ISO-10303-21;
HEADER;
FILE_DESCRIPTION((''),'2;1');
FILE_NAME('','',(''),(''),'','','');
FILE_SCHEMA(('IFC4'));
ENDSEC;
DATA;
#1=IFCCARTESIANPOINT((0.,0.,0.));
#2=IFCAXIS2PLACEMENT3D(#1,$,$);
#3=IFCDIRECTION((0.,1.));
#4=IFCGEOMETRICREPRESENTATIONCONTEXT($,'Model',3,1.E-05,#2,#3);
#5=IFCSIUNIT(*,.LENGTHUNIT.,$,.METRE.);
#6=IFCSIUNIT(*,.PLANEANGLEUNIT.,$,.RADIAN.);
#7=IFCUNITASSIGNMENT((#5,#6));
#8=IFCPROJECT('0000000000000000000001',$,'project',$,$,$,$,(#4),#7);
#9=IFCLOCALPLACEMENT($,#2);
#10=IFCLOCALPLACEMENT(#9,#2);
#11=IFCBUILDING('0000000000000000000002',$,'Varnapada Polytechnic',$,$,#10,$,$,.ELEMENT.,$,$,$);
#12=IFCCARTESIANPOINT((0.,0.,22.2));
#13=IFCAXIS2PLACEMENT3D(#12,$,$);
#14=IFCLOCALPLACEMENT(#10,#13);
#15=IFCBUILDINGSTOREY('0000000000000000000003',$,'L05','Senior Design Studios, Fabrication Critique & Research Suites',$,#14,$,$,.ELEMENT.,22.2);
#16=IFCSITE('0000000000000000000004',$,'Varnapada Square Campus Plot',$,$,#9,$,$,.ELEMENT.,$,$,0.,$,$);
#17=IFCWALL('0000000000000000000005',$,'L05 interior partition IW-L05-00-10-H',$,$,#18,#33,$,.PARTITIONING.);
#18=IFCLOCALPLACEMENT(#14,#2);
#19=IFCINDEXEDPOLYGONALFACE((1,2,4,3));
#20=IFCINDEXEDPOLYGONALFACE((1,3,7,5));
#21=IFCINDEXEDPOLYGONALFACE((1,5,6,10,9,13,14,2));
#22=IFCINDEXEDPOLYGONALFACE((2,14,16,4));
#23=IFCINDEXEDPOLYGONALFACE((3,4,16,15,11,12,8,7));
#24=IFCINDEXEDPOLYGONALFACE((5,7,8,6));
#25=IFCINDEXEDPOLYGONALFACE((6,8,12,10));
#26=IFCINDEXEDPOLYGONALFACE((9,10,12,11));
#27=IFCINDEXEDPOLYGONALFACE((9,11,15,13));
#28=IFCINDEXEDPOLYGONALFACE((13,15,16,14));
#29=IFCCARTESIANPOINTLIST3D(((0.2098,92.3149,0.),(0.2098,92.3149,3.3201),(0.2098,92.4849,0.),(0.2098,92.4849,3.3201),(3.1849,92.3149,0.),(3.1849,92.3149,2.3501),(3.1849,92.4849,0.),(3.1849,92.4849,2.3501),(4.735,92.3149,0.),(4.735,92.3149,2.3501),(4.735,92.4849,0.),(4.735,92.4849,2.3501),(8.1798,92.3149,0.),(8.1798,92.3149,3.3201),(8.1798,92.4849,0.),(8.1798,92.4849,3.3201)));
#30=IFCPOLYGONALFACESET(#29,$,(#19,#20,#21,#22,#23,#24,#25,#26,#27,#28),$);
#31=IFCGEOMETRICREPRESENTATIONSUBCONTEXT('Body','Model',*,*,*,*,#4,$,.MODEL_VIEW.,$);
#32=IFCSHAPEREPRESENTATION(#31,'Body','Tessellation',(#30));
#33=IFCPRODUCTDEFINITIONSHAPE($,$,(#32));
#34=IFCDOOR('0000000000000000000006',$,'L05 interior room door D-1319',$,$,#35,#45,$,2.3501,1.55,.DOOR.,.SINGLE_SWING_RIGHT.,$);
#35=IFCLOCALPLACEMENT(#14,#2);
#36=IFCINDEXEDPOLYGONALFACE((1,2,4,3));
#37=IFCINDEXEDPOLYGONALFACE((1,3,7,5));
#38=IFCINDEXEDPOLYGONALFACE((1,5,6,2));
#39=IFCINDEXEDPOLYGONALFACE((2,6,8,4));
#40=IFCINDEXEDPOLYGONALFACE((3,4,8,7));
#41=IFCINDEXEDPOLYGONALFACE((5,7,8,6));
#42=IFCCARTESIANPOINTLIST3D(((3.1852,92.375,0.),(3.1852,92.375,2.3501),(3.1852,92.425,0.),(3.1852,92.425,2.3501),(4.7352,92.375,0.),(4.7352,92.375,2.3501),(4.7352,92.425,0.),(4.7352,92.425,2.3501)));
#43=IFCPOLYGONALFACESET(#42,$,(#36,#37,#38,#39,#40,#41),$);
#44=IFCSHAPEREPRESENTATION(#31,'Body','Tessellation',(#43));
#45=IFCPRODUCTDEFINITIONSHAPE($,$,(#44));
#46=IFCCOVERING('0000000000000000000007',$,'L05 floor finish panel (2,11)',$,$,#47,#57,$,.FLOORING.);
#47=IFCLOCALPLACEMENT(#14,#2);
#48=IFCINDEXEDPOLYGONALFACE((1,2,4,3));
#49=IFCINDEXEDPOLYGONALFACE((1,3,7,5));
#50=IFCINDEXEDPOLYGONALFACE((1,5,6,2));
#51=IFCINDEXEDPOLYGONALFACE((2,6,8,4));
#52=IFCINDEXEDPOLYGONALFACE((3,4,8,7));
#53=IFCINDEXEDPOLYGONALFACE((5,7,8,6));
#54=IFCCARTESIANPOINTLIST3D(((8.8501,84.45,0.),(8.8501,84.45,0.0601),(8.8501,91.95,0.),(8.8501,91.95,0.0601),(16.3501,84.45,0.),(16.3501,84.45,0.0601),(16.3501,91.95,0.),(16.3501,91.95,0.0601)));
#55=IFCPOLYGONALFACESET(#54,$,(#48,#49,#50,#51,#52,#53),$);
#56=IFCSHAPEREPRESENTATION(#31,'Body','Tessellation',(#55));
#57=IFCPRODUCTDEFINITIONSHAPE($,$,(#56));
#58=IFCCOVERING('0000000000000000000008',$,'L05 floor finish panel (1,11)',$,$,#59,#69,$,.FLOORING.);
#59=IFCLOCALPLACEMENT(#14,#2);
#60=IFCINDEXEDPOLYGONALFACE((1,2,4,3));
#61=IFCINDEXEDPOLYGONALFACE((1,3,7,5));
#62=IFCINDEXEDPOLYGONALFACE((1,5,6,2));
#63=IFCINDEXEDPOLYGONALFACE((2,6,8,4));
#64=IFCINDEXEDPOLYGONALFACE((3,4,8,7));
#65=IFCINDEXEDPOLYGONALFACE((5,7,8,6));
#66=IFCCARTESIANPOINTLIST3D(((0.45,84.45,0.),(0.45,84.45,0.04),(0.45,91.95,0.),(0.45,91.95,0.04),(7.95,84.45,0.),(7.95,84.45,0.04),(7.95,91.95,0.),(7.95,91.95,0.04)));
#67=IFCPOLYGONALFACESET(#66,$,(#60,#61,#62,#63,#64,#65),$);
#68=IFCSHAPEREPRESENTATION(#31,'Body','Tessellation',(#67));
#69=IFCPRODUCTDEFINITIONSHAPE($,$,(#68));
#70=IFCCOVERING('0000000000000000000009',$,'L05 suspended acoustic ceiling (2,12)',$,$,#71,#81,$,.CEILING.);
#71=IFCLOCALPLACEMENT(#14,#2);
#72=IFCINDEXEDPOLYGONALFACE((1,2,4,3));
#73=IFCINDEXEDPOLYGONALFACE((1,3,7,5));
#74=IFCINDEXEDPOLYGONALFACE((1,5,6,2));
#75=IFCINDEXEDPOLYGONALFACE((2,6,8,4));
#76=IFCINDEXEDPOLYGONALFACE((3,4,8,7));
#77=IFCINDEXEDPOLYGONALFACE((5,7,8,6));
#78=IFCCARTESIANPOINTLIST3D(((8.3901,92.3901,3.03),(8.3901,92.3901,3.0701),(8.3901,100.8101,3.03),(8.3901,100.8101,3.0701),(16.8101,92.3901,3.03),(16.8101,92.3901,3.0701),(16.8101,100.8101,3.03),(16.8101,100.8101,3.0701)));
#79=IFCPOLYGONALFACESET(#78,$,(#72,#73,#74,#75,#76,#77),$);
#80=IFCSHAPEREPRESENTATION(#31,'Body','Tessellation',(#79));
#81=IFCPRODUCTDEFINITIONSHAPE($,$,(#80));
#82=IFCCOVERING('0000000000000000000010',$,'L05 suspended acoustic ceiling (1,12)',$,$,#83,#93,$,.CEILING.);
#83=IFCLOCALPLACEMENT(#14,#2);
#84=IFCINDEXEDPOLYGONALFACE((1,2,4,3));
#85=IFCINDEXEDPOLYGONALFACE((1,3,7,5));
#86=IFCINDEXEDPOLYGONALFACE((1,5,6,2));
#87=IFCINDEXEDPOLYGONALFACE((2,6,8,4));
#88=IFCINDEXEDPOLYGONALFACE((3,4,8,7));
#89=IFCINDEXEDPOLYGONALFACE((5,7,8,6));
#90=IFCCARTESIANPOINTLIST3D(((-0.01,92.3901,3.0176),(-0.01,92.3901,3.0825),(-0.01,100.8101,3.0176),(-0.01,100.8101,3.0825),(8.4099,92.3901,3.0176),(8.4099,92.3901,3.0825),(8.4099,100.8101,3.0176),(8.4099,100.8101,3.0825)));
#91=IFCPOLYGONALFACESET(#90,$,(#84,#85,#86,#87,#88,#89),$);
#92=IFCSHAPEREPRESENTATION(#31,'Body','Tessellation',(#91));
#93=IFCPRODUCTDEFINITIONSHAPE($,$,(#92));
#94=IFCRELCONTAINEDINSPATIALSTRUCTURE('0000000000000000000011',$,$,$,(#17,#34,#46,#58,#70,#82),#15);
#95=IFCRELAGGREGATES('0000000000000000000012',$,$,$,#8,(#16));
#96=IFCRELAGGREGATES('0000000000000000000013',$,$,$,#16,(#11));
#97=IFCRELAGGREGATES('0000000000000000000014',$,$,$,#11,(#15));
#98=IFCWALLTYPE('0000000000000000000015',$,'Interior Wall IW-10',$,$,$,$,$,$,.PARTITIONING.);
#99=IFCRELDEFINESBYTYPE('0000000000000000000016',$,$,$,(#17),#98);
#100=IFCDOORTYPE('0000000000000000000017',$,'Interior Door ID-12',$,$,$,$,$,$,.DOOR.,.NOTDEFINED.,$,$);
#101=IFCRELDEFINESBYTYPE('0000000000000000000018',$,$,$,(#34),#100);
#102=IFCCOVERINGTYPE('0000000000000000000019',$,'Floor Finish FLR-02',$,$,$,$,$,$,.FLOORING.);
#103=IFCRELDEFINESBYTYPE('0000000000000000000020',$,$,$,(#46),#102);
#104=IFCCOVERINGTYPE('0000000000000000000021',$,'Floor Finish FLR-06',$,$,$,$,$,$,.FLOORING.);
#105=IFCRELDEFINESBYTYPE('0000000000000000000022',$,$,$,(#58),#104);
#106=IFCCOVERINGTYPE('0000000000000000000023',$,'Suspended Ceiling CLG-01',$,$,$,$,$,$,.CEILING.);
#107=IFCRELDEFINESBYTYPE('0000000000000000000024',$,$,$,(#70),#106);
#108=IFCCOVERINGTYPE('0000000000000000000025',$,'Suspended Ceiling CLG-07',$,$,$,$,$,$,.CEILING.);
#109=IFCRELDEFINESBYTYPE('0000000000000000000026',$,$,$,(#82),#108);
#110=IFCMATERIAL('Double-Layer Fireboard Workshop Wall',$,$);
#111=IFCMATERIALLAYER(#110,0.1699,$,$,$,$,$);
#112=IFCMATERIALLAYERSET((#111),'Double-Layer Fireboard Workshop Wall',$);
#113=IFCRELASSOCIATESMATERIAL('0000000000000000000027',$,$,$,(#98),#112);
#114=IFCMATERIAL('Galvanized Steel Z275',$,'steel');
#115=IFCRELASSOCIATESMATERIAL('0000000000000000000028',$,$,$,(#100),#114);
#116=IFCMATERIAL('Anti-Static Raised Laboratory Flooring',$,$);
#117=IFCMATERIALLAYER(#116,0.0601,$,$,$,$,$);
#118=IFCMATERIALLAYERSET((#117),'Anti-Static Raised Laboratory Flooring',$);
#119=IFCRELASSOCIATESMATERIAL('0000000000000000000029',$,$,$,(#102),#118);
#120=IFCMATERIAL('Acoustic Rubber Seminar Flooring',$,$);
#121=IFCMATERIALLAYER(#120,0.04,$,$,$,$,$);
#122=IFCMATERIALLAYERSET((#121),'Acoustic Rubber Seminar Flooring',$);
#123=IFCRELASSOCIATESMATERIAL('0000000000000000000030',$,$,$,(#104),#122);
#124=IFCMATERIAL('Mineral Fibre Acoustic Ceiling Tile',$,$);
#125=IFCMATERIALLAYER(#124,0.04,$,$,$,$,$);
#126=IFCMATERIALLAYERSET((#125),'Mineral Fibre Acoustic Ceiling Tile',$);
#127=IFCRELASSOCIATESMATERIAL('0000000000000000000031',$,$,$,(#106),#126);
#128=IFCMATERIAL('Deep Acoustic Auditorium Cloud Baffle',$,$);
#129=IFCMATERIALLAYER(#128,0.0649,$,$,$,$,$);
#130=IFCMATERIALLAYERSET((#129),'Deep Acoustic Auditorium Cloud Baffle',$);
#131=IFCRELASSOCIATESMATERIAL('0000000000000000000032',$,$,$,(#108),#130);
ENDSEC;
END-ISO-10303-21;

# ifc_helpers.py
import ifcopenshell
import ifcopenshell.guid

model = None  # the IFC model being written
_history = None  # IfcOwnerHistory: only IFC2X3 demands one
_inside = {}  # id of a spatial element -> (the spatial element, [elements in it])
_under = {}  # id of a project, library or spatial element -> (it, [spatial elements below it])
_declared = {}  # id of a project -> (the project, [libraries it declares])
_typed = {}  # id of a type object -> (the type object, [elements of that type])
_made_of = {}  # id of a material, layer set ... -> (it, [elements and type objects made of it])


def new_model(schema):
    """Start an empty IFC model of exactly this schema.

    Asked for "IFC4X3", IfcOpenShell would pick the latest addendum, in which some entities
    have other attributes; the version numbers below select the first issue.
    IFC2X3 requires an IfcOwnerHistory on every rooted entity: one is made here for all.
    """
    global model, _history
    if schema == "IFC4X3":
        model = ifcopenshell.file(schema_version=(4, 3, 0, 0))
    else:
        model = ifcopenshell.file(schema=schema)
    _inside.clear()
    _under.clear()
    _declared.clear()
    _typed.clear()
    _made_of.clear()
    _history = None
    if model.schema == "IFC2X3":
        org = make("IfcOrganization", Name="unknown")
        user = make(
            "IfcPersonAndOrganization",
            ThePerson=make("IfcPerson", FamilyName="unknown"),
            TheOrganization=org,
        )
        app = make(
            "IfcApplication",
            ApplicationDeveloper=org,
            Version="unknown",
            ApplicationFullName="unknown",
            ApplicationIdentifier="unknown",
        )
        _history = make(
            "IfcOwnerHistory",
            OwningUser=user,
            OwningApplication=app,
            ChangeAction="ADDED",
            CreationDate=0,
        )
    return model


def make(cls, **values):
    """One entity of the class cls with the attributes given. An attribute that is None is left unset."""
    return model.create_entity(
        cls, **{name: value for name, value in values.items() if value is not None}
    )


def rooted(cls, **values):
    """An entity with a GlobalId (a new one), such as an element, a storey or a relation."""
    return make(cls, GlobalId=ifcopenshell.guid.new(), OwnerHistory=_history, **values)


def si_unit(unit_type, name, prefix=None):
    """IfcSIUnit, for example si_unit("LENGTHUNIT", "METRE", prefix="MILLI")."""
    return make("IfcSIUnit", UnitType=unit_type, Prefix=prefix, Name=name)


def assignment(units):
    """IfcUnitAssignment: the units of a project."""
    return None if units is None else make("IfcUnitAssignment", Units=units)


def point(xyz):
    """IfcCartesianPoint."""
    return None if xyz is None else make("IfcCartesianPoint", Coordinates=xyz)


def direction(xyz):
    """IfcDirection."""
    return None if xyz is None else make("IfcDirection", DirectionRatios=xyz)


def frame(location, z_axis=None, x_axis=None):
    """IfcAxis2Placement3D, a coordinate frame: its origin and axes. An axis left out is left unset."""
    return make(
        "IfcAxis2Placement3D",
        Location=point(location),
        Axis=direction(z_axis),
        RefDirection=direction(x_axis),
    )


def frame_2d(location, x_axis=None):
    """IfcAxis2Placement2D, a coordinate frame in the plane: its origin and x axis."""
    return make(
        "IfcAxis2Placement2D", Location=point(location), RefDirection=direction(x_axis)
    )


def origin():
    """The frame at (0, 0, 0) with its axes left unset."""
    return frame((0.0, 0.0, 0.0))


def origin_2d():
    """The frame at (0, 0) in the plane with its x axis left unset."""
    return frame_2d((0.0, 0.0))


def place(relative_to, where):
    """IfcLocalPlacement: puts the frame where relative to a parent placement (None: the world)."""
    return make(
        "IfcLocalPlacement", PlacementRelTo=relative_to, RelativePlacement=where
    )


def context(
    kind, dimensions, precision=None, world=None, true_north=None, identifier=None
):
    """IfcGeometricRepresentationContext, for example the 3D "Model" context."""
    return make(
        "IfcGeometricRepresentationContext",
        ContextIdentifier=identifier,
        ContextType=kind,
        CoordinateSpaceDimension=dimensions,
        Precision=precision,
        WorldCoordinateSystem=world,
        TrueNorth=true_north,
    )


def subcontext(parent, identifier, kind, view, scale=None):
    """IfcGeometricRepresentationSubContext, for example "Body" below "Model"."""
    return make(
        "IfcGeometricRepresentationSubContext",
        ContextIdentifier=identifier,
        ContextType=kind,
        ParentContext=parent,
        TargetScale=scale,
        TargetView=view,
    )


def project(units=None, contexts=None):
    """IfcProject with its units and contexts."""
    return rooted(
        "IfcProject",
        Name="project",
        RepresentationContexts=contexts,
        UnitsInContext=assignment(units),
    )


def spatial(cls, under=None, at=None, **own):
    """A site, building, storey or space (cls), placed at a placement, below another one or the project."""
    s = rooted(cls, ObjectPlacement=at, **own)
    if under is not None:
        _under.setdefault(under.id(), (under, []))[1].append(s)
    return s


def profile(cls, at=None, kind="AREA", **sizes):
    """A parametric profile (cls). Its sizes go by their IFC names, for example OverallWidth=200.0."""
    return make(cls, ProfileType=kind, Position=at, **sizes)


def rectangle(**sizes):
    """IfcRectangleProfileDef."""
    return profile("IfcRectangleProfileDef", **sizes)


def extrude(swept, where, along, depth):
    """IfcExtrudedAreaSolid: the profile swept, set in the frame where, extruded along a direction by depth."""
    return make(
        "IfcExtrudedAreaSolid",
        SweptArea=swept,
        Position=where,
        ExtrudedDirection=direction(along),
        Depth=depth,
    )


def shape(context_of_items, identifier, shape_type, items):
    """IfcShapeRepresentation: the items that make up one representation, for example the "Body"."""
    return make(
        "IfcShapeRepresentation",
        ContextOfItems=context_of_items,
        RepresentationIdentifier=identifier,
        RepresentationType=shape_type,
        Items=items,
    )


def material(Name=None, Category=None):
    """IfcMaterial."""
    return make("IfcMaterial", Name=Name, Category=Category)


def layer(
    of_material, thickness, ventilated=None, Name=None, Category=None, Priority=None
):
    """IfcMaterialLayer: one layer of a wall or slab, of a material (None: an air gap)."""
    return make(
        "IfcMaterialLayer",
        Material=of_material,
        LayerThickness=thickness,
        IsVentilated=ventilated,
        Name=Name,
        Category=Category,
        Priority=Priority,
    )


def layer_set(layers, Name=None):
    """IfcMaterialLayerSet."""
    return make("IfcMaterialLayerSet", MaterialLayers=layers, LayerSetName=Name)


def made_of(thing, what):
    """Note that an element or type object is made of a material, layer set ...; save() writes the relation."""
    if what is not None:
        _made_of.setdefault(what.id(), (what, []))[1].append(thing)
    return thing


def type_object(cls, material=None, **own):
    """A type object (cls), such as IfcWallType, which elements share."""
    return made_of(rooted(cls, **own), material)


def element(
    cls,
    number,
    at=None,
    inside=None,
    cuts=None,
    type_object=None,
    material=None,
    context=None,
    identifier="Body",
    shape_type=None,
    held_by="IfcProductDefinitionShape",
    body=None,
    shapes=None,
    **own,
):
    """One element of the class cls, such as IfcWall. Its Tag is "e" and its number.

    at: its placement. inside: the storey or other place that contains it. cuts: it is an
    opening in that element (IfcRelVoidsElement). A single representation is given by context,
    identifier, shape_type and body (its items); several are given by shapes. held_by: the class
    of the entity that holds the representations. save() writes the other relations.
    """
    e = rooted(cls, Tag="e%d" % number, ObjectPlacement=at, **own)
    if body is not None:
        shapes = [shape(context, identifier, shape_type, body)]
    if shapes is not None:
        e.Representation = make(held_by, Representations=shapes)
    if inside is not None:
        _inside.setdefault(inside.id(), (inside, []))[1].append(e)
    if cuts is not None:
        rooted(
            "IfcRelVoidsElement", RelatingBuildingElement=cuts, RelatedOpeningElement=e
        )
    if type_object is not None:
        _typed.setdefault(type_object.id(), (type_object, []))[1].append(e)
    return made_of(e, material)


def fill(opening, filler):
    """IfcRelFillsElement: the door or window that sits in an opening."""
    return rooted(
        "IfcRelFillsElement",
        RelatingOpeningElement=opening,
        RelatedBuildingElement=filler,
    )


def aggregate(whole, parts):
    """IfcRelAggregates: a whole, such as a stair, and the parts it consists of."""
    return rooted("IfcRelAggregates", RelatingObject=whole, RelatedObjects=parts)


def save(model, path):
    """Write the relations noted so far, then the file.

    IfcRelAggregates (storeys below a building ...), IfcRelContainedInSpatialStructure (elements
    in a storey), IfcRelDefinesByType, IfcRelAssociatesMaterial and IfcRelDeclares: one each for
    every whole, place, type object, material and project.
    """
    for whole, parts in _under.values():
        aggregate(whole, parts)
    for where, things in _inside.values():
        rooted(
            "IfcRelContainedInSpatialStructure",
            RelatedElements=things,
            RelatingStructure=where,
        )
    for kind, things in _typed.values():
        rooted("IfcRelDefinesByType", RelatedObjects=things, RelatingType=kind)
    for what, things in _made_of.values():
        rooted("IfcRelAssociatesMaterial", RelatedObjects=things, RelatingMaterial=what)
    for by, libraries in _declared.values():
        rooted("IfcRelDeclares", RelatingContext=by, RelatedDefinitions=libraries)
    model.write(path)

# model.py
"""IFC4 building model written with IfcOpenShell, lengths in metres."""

from ifc_helpers import new_model, si_unit, direction, frame, frame_2d, origin, origin_2d, place, context, subcontext, project, spatial, rectangle, extrude, material, layer, layer_set, type_object, element, fill, save


model = new_model("IFC4")

# Units and contexts
model_context = context("Model", 3, precision=1e-05, world=origin(), true_north=direction((0.0, 1.0)))
body_context = subcontext(model_context, "Body", "Model", "MODEL_VIEW")
ifc_project = project(units=[si_unit("LENGTHUNIT", "METRE"), si_unit("PLANEANGLEUNIT", "RADIAN")], contexts=[model_context])

# Site, building, storey
site_placement = place(None, origin())
site = spatial("IfcSite", under=ifc_project, at=site_placement, Name="Varnapada Square Campus Plot", CompositionType="ELEMENT", RefElevation=0.0)
building_placement = place(site_placement, origin())
building = spatial("IfcBuilding", under=site, at=building_placement, Name="Varnapada Polytechnic", CompositionType="ELEMENT")
storey_placement = place(building_placement, frame((0.0, 0.0, 22.2)))
storey = spatial("IfcBuildingStorey", under=building, at=storey_placement, Name="L05", Description="Senior Design Studios, Fabrication Critique & Research Suites", CompositionType="ELEMENT", Elevation=22.2)

# Wall, opening, door
ifc_material_1 = material(Name="Double-Layer Fireboard Workshop Wall")
ifc_layer_1 = layer(ifc_material_1, 0.1699)
ifc_layer_set_1 = layer_set([ifc_layer_1], Name="Double-Layer Fireboard Workshop Wall")
wall_type_1 = type_object("IfcWallType", Name="Interior Wall IW-10", PredefinedType="PARTITIONING", material=ifc_layer_set_1)
wall_1_placement = place(storey_placement, frame((0.21, 92.3999, 0.0), z_axis=(0.0, 0.0, 1.0), x_axis=(1.0, 0.0, 0.0)))
wall_1 = element("IfcWall", 1, at=wall_1_placement, inside=storey, type_object=wall_type_1, Name="L05 interior partition IW-L05-00-10-H", PredefinedType="PARTITIONING", context=body_context, shape_type="SweptSolid", body=[
    extrude(rectangle(XDim=7.97, YDim=0.1699, at=frame_2d((3.9849, 0.0))), origin(), (0.0, 0.0, 1.0), 3.3201),
])
opening_1_placement = place(wall_1_placement, frame((2.9751, 0.0, 0.0)))
opening_1 = element("IfcOpeningElement", 2, at=opening_1_placement, cuts=wall_1, PredefinedType="OPENING", context=body_context, shape_type="SweptSolid", body=[
    extrude(rectangle(XDim=1.55, YDim=2.3501, at=frame_2d((0.7749, 1.175))), frame((0.0, 0.095, 0.0), z_axis=(0.0, -1.0, 0.0), x_axis=(1.0, 0.0, 0.0)), (0.0, 0.0, 1.0), 0.1899),
])
ifc_material_2 = material(Name="Galvanized Steel Z275", Category="steel")
door_type_1 = type_object("IfcDoorType", Name="Interior Door ID-12", OperationType="NOTDEFINED", PredefinedType="DOOR", material=ifc_material_2)
door_1_placement = place(opening_1_placement, frame((1.55, 0.0, 0.0), z_axis=(0.0, 0.0, 1.0), x_axis=(-1.0, 0.0, 0.0)))
door_1 = element("IfcDoor", 3, at=door_1_placement, inside=storey, type_object=door_type_1, Name="L05 interior room door D-1319", OperationType="SINGLE_SWING_RIGHT", OverallHeight=2.3501, OverallWidth=1.55, PredefinedType="DOOR", context=body_context, shape_type="SweptSolid", body=[
    extrude(rectangle(XDim=1.55, YDim=2.3501, at=frame_2d((0.7749, 1.175))), frame((0.0, 0.0249, 0.0), z_axis=(0.0, -1.0, 0.0), x_axis=(1.0, 0.0, 0.0)), (0.0, 0.0, 1.0), 0.05),
])
fill(opening_1, door_1)

# Coverings
ifc_material_3 = material(Name="Anti-Static Raised Laboratory Flooring")
ifc_layer_2 = layer(ifc_material_3, 0.0601)
ifc_layer_set_2 = layer_set([ifc_layer_2], Name="Anti-Static Raised Laboratory Flooring")
covering_type_1 = type_object("IfcCoveringType", Name="Floor Finish FLR-02", PredefinedType="FLOORING", material=ifc_layer_set_2)
covering_1_placement = place(storey_placement, frame((12.6001, 88.2, 0.0), z_axis=(0.0, 0.0, 1.0), x_axis=(1.0, 0.0, 0.0)))
element("IfcCovering", 4, at=covering_1_placement, inside=storey, type_object=covering_type_1, Name="L05 floor finish panel (2,11)", PredefinedType="FLOORING", context=body_context, shape_type="SweptSolid", body=[
    extrude(rectangle(XDim=7.5, YDim=7.5, at=origin_2d()), origin(), (0.0, 0.0, 1.0), 0.0601),
])
ifc_material_4 = material(Name="Acoustic Rubber Seminar Flooring")
ifc_layer_3 = layer(ifc_material_4, 0.04)
ifc_layer_set_3 = layer_set([ifc_layer_3], Name="Acoustic Rubber Seminar Flooring")
covering_type_2 = type_object("IfcCoveringType", Name="Floor Finish FLR-06", PredefinedType="FLOORING", material=ifc_layer_set_3)
covering_2_placement = place(storey_placement, frame((4.2, 88.2, 0.0), z_axis=(0.0, 0.0, 1.0), x_axis=(1.0, 0.0, 0.0)))
element("IfcCovering", 5, at=covering_2_placement, inside=storey, type_object=covering_type_2, Name="L05 floor finish panel (1,11)", PredefinedType="FLOORING", context=body_context, shape_type="SweptSolid", body=[
    extrude(rectangle(XDim=7.5, YDim=7.5, at=origin_2d()), origin(), (0.0, 0.0, 1.0), 0.04),
])
ifc_material_5 = material(Name="Mineral Fibre Acoustic Ceiling Tile")
ifc_layer_4 = layer(ifc_material_5, 0.04)
ifc_layer_set_4 = layer_set([ifc_layer_4], Name="Mineral Fibre Acoustic Ceiling Tile")
covering_type_3 = type_object("IfcCoveringType", Name="Suspended Ceiling CLG-01", PredefinedType="CEILING", material=ifc_layer_set_4)
covering_3_placement = place(storey_placement, frame((12.6001, 96.6001, 3.03), z_axis=(0.0, 0.0, 1.0), x_axis=(1.0, 0.0, 0.0)))
element("IfcCovering", 6, at=covering_3_placement, inside=storey, type_object=covering_type_3, Name="L05 suspended acoustic ceiling (2,12)", PredefinedType="CEILING", context=body_context, shape_type="SweptSolid", body=[
    extrude(rectangle(XDim=8.4199, YDim=8.4199, at=origin_2d()), origin(), (0.0, 0.0, 1.0), 0.04),
])
ifc_material_6 = material(Name="Deep Acoustic Auditorium Cloud Baffle")
ifc_layer_5 = layer(ifc_material_6, 0.0649)
ifc_layer_set_5 = layer_set([ifc_layer_5], Name="Deep Acoustic Auditorium Cloud Baffle")
covering_type_4 = type_object("IfcCoveringType", Name="Suspended Ceiling CLG-07", PredefinedType="CEILING", material=ifc_layer_set_5)
covering_4_placement = place(storey_placement, frame((4.2, 96.6001, 3.0176), z_axis=(0.0, 0.0, 1.0), x_axis=(1.0, 0.0, 0.0)))
element("IfcCovering", 7, at=covering_4_placement, inside=storey, type_object=covering_type_4, Name="L05 suspended acoustic ceiling (1,12)", PredefinedType="CEILING", context=body_context, shape_type="SweptSolid", body=[
    extrude(rectangle(XDim=8.4199, YDim=8.4199, at=origin_2d()), origin(), (0.0, 0.0, 1.0), 0.0649),
])

save(model, "model.ifc")
